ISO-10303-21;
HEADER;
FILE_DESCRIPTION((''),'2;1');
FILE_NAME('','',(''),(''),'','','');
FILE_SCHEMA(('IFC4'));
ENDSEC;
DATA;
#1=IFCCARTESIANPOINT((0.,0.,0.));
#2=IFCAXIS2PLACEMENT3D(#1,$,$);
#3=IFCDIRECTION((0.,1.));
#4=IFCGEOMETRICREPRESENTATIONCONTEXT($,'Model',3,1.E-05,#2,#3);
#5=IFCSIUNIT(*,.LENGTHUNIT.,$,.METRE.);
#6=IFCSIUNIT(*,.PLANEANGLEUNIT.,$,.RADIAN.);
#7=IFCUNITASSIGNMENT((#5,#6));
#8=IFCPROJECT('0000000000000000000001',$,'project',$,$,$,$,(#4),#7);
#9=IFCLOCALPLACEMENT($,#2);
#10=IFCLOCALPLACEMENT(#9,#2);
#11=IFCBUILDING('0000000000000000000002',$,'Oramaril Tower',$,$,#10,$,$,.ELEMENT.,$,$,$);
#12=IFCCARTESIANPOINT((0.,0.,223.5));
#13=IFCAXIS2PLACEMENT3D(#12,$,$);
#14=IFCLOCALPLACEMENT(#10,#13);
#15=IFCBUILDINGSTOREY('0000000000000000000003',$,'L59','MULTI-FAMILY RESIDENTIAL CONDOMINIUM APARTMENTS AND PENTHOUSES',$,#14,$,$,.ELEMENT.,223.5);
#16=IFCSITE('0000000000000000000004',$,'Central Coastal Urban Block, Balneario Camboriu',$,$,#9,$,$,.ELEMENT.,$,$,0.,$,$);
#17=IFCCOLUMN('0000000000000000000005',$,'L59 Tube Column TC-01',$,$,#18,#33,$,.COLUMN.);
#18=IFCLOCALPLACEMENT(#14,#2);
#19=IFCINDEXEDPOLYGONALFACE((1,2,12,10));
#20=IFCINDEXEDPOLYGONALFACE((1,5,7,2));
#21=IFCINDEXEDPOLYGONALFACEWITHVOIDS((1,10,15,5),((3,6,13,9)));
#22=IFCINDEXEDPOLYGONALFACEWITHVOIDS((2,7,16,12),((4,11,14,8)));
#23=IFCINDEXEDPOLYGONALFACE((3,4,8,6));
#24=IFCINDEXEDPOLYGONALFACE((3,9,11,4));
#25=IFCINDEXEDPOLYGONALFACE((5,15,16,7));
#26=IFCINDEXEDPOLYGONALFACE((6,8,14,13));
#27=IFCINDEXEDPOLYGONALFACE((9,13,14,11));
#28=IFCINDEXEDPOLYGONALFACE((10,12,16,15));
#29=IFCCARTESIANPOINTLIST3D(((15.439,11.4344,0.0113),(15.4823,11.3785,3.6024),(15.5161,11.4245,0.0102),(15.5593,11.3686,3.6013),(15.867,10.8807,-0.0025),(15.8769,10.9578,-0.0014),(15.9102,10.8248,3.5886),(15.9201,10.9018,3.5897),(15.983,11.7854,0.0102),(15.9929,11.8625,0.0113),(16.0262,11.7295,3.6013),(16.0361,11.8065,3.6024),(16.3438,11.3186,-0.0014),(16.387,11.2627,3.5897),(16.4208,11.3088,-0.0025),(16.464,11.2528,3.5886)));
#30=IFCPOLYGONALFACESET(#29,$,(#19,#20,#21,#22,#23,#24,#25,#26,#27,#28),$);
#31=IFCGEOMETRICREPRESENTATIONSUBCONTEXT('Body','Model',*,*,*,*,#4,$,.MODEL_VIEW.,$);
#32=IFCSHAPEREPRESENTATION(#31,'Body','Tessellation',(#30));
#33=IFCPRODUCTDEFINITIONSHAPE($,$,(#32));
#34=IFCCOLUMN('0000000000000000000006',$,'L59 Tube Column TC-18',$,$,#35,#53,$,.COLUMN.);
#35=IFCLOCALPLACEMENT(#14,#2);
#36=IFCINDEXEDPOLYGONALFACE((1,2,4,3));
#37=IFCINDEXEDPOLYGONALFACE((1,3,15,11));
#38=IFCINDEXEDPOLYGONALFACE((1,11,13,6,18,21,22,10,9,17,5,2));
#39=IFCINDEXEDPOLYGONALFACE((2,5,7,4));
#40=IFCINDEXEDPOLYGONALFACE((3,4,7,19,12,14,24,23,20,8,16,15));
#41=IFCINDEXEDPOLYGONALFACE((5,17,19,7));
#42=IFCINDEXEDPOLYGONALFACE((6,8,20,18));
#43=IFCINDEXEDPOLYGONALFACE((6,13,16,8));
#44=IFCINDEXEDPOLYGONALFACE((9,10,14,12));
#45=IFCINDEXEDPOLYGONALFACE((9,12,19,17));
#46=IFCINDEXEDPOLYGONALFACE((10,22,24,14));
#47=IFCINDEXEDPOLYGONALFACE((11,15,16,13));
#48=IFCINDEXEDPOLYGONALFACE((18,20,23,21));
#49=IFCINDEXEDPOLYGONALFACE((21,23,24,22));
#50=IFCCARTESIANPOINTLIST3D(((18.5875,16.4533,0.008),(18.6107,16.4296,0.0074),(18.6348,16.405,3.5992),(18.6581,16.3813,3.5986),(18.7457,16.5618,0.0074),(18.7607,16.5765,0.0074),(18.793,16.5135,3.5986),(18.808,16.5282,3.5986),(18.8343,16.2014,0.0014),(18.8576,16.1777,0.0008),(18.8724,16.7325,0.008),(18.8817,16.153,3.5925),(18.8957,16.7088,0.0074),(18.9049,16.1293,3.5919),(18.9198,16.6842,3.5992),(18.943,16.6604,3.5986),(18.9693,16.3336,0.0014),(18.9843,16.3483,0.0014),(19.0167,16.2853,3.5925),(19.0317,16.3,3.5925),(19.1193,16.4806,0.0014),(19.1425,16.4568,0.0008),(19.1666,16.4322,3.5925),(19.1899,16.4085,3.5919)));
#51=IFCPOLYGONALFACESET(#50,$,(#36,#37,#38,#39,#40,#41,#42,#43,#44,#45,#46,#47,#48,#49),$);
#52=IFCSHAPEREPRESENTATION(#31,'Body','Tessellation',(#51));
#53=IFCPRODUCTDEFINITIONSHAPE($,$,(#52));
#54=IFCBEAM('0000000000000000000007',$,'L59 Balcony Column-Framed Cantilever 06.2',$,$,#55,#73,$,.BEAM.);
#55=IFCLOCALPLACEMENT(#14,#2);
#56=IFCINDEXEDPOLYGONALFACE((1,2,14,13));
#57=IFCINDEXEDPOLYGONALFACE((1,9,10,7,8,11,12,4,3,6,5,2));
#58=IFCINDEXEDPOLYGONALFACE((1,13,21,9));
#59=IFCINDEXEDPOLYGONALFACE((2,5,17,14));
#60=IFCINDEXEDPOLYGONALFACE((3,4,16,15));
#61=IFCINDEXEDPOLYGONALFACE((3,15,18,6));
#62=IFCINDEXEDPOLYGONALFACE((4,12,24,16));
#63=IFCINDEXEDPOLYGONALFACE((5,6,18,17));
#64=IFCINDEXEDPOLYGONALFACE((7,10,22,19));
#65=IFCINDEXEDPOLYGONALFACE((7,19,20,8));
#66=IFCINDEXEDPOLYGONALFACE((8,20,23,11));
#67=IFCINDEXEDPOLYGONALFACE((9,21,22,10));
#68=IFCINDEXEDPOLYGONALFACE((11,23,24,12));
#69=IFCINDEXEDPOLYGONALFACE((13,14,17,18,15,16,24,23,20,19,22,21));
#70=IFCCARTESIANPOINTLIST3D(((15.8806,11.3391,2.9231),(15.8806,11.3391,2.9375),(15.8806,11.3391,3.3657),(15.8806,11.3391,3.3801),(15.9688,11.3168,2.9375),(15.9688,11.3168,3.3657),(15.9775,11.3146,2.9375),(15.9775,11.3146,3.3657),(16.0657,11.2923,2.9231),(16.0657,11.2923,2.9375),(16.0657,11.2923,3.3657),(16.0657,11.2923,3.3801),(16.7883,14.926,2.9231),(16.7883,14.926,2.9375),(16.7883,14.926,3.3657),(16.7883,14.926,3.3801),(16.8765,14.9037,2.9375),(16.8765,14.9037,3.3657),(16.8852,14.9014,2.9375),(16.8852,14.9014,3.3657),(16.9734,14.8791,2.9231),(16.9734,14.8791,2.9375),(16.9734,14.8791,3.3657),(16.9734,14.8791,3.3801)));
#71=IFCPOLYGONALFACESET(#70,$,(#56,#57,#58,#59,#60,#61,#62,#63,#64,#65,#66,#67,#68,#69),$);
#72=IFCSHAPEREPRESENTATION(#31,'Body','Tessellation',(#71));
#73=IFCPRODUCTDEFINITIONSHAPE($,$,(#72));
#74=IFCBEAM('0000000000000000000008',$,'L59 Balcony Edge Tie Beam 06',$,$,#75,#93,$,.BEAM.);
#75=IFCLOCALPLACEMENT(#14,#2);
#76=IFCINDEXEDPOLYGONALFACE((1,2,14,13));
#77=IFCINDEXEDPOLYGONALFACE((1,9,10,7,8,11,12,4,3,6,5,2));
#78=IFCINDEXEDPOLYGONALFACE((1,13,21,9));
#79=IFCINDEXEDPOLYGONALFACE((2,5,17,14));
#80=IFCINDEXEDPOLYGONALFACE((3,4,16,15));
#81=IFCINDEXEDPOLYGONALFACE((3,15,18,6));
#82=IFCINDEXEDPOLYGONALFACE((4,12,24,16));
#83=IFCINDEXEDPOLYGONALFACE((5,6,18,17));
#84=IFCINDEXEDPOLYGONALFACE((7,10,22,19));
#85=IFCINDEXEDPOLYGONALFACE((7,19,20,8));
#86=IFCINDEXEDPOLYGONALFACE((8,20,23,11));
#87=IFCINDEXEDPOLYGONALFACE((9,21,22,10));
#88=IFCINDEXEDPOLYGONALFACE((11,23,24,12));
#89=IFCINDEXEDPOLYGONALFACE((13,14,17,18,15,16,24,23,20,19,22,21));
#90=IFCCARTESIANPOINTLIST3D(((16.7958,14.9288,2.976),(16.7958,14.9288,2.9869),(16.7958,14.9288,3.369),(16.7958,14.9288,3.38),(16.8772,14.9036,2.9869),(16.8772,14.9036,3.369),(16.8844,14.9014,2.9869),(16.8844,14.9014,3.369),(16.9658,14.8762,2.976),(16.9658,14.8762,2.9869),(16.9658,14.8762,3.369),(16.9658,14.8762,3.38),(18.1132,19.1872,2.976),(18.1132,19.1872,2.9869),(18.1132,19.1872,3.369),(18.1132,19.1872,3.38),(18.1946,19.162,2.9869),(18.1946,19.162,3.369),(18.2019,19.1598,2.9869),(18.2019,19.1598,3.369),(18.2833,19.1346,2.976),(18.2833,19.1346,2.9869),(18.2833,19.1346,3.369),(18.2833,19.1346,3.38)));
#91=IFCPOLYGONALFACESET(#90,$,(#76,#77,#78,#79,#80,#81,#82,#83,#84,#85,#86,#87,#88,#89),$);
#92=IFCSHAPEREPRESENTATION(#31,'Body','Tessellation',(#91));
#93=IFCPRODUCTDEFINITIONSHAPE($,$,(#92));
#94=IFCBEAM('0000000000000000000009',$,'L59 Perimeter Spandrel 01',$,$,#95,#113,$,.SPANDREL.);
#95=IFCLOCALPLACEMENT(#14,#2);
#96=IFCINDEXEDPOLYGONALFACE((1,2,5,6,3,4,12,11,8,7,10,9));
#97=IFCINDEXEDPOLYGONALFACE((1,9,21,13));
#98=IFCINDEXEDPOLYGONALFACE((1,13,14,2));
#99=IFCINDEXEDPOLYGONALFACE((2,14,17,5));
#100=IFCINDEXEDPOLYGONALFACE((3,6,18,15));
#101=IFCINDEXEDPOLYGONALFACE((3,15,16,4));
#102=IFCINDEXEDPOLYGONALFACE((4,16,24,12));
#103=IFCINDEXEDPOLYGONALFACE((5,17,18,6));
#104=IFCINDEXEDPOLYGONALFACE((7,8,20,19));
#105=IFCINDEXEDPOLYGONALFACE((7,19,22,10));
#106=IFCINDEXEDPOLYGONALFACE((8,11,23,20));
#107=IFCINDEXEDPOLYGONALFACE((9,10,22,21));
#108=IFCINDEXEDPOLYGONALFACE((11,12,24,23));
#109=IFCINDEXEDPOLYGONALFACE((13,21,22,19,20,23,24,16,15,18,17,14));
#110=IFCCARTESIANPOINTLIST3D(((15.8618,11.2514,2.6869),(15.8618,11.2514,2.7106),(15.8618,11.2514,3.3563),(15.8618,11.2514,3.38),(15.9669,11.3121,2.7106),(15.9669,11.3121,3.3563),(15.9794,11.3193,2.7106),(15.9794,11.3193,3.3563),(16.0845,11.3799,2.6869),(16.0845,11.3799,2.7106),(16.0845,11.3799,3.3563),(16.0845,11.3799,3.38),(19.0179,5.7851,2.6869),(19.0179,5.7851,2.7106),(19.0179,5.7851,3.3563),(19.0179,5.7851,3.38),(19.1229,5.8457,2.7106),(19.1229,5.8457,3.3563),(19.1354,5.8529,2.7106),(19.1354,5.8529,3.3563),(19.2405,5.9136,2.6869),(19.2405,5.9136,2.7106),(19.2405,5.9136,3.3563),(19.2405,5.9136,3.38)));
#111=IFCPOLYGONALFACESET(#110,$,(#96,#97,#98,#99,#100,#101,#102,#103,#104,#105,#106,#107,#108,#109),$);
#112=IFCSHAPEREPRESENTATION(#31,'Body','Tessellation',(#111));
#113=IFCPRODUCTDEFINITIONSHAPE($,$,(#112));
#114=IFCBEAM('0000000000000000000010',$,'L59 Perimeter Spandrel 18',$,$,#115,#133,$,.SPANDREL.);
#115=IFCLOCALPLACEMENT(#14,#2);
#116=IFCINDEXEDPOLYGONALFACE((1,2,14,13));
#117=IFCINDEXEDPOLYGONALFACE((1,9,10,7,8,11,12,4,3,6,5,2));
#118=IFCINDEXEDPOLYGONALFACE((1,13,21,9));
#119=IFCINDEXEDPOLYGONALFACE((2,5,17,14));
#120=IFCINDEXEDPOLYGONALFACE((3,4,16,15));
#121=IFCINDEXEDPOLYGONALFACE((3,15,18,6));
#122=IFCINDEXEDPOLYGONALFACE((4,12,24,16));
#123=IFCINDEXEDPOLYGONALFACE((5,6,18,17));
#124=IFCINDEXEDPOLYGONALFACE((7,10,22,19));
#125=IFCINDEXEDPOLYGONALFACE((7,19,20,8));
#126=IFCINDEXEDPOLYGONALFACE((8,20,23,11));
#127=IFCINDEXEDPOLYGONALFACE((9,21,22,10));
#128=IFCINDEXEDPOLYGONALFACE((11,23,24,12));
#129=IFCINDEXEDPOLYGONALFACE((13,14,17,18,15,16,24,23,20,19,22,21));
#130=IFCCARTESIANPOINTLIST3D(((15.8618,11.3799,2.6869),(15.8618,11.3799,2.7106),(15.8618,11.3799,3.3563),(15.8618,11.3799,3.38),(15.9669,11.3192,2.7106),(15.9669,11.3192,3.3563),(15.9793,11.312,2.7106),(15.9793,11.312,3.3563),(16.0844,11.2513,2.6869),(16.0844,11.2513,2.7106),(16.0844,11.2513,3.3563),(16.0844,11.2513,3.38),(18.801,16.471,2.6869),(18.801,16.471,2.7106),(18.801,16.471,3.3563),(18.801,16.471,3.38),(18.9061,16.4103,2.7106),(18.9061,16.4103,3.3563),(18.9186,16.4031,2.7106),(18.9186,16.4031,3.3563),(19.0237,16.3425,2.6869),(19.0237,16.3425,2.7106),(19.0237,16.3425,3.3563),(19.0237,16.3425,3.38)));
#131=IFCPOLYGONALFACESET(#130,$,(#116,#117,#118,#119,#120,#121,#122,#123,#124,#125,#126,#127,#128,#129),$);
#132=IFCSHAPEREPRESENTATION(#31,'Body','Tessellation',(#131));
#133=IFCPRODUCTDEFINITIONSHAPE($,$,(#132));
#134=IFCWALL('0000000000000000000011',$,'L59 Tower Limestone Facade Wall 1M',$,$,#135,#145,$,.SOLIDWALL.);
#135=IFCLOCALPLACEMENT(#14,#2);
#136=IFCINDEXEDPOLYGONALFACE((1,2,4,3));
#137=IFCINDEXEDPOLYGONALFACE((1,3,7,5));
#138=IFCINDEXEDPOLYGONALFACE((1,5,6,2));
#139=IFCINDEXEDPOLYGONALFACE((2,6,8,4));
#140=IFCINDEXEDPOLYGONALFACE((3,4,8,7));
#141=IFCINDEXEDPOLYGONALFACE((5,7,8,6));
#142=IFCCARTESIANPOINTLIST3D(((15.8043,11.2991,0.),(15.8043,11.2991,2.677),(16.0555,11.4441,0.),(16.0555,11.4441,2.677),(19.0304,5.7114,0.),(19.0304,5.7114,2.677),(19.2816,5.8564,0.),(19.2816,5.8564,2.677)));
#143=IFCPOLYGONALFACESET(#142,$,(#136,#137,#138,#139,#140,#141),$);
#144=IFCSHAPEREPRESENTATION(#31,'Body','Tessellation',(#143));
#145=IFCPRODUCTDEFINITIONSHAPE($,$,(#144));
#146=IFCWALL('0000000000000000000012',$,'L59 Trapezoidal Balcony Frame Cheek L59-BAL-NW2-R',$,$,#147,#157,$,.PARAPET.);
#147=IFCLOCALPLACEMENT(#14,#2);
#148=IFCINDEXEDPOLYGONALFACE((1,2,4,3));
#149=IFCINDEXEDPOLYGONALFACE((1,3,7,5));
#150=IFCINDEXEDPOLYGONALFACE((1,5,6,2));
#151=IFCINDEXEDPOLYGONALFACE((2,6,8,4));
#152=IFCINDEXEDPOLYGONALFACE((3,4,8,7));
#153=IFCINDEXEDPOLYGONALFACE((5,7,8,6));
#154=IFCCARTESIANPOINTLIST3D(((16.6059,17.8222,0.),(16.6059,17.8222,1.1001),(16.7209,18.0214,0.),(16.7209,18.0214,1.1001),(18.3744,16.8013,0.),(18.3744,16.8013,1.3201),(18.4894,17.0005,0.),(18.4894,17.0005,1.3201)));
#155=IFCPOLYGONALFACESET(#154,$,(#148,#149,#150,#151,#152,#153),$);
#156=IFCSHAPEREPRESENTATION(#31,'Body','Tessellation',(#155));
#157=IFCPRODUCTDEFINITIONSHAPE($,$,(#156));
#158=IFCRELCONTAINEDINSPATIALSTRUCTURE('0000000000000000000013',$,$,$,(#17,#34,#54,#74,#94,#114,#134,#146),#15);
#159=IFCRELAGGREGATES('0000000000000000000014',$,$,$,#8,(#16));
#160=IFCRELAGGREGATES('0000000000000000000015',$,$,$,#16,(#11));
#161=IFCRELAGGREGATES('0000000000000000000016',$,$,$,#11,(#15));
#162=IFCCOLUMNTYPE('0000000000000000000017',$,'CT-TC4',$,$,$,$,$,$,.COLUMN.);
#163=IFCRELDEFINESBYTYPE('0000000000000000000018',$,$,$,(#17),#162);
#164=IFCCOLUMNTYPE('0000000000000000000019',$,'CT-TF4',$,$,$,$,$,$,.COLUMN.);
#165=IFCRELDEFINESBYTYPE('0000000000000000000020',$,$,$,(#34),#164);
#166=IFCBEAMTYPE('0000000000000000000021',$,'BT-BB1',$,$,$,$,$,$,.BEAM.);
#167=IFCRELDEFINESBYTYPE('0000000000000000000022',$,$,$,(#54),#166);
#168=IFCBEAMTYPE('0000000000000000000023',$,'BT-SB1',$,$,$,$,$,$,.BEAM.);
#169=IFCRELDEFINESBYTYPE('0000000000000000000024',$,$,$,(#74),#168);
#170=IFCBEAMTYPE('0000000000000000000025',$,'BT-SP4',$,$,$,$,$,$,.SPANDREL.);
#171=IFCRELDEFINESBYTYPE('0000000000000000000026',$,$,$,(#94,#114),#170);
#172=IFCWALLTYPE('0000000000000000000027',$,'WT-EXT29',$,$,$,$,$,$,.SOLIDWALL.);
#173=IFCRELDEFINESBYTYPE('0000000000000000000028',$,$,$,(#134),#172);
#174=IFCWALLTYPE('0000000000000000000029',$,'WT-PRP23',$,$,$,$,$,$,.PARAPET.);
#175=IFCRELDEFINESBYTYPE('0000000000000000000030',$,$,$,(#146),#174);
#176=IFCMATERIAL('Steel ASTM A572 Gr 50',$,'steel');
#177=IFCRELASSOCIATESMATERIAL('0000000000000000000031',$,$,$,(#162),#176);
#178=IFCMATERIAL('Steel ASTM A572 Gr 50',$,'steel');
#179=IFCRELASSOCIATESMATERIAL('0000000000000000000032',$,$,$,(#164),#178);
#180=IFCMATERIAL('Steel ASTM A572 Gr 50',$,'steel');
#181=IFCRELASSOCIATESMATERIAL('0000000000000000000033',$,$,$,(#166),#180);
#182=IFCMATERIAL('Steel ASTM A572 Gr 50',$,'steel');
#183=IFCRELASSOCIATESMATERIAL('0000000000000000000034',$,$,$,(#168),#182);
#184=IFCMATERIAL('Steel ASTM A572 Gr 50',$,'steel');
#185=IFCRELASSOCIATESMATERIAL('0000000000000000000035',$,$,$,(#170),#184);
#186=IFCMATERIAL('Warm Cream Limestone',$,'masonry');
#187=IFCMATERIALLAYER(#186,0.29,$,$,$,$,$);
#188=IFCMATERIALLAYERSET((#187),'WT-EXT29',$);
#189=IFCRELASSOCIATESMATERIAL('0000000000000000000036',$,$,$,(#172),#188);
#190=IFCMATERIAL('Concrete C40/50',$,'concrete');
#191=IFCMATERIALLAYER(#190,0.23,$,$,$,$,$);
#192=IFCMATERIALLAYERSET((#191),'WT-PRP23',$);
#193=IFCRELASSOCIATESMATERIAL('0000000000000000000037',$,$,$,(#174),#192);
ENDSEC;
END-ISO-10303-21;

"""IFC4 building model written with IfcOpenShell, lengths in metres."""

from ifc_helpers import new_model, si_unit, direction, frame, frame_2d, origin, origin_2d, place, context, subcontext, project, spatial, polyline, rectangle, hollow_rectangle, i_section, outline, extrude, material, layer, layer_set, material_profile, profile_set, type_object, element, save


model = new_model("IFC4")

# Units and contexts
model_context = context("Model", 3, precision=1e-05, world=origin(), true_north=direction((0.0, 1.0)))
body_context = subcontext(model_context, "Body", "Model", "MODEL_VIEW")
ifc_project = project(units=[si_unit("LENGTHUNIT", "METRE"), si_unit("PLANEANGLEUNIT", "RADIAN")], contexts=[model_context])

# Site, building, storey
site_placement = place(None, origin())
site = spatial("IfcSite", under=ifc_project, at=site_placement, Name="Central Coastal Urban Block, Balneario Camboriu", CompositionType="ELEMENT", RefElevation=0.0)
building_placement = place(site_placement, origin())
building = spatial("IfcBuilding", under=site, at=building_placement, Name="Oramaril Tower", CompositionType="ELEMENT")
storey_placement = place(building_placement, frame((0.0, 0.0, 223.5)))
storey = spatial("IfcBuildingStorey", under=building, at=storey_placement, Name="L59", Description="MULTI-FAMILY RESIDENTIAL CONDOMINIUM APARTMENTS AND PENTHOUSES", CompositionType="ELEMENT", Elevation=223.5)

# Columns
ifc_material_1 = material(Name="Steel ASTM A572 Gr 50", Category="steel")
ifc_material_profile_1 = material_profile(ifc_material_1, hollow_rectangle(XDim=0.7, YDim=0.7, WallThickness=0.0549, at=origin_2d()), Name="BOX700X700X55")
ifc_profile_set_1 = profile_set([ifc_material_profile_1], Name="Steel ASTM A572 Gr 50")
column_type_1 = type_object("IfcColumnType", Name="CT-TC4", PredefinedType="COLUMN", material=ifc_profile_set_1)
column_1_placement = place(storey_placement, frame((15.9299, 11.3716, 0.0044), z_axis=(0.012031, -0.015566, 0.999806), x_axis=(0.791209, 0.611546, 0.0)))
element("IfcColumn", 1, at=column_1_placement, inside=storey, type_object=column_type_1, Name="L59 Tube Column TC-01", PredefinedType="COLUMN", context=body_context, shape_type="SweptSolid", body=[
    extrude(hollow_rectangle(XDim=0.7, YDim=0.7, WallThickness=0.0549, at=origin_2d()), origin(), (0.0, 0.0, 1.0), 3.5918),
])
ifc_material_2 = material(Name="Steel ASTM A572 Gr 50", Category="steel")
ifc_material_profile_2 = material_profile(ifc_material_2, i_section(OverallWidth=0.3989, OverallDepth=0.386, WebThickness=0.021, FlangeThickness=0.0332, at=origin_2d()), Name="W14X176")
ifc_profile_set_2 = profile_set([ifc_material_profile_2], Name="Steel ASTM A572 Gr 50")
column_type_2 = type_object("IfcColumnType", Name="CT-TF4", PredefinedType="COLUMN", material=ifc_profile_set_2)
column_2_placement = place(storey_placement, frame((18.865, 16.4551, 0.0044), z_axis=(0.013187, -0.013459, 0.999822), x_axis=(0.714285, 0.699855, 0.0)))
element("IfcColumn", 2, at=column_2_placement, inside=storey, type_object=column_type_2, Name="L59 Tube Column TC-18", PredefinedType="COLUMN", context=body_context, shape_type="SweptSolid", body=[
    extrude(i_section(OverallWidth=0.3989, OverallDepth=0.386, WebThickness=0.021, FlangeThickness=0.0332, at=origin_2d()), origin(), (0.0, 0.0, 1.0), 3.5918),
])

# Beams
ifc_material_3 = material(Name="Steel ASTM A572 Gr 50", Category="steel")
ifc_material_profile_3 = material_profile(ifc_material_3, i_section(OverallWidth=0.1909, OverallDepth=0.457, WebThickness=0.009, FlangeThickness=0.0144, at=origin_2d()), Name="W18X50")
ifc_profile_set_3 = profile_set([ifc_material_profile_3], Name="Steel ASTM A572 Gr 50")
beam_type_1 = type_object("IfcBeamType", Name="BT-BB1", PredefinedType="BEAM", material=ifc_profile_set_3)
beam_1_placement = place(storey_placement, frame((15.9731, 11.3157, 3.1516), z_axis=(0.245329, 0.96944, 0.0), x_axis=(-0.96944, 0.245329, 0.0)))
element("IfcBeam", 3, at=beam_1_placement, inside=storey, type_object=beam_type_1, Name="L59 Balcony Column-Framed Cantilever 06.2", PredefinedType="BEAM", context=body_context, shape_type="SweptSolid", body=[
    extrude(i_section(OverallWidth=0.1909, OverallDepth=0.457, WebThickness=0.009, FlangeThickness=0.0144, at=origin_2d()), origin(), (0.0, 0.0, 1.0), 3.7),
])
ifc_material_4 = material(Name="Steel ASTM A572 Gr 50", Category="steel")
ifc_material_profile_4 = material_profile(ifc_material_4, i_section(OverallWidth=0.178, OverallDepth=0.4041, WebThickness=0.0076, FlangeThickness=0.011, at=origin_2d()), Name="W16X36")
ifc_profile_set_4 = profile_set([ifc_material_profile_4], Name="Steel ASTM A572 Gr 50")
beam_type_2 = type_object("IfcBeamType", Name="BT-SB1", PredefinedType="BEAM", material=ifc_profile_set_4)
beam_2_placement = place(storey_placement, frame((18.1982, 19.1609, 3.178), z_axis=(-0.295548, -0.955328, 0.0), x_axis=(0.955328, -0.295548, 0.0)))
element("IfcBeam", 4, at=beam_2_placement, inside=storey, type_object=beam_type_2, Name="L59 Balcony Edge Tie Beam 06", PredefinedType="BEAM", context=body_context, shape_type="SweptSolid", body=[
    extrude(i_section(OverallWidth=0.178, OverallDepth=0.4041, WebThickness=0.0076, FlangeThickness=0.011, at=origin_2d()), origin(), (0.0, 0.0, 1.0), 4.4575),
])
ifc_material_5 = material(Name="Steel ASTM A572 Gr 50", Category="steel")
ifc_material_profile_5 = material_profile(ifc_material_5, i_section(OverallWidth=0.2571, OverallDepth=0.6931, WebThickness=0.0144, FlangeThickness=0.0237, at=origin_2d()), Name="W27X114")
ifc_profile_set_5 = profile_set([ifc_material_profile_5], Name="Steel ASTM A572 Gr 50")
beam_type_3 = type_object("IfcBeamType", Name="BT-SP4", PredefinedType="SPANDREL", material=ifc_profile_set_5)
beam_3_placement = place(storey_placement, frame((15.9731, 11.3157, 3.0334), z_axis=(0.500004, -0.866023, 0.0), x_axis=(0.866023, 0.500004, 0.0)))
element("IfcBeam", 5, at=beam_3_placement, inside=storey, type_object=beam_type_3, Name="L59 Perimeter Spandrel 01", PredefinedType="SPANDREL", context=body_context, shape_type="SweptSolid", body=[
    extrude(i_section(OverallWidth=0.2571, OverallDepth=0.6931, WebThickness=0.0144, FlangeThickness=0.0237, at=origin_2d()), origin(), (0.0, 0.0, 1.0), 6.312),
])
beam_4_placement = place(storey_placement, frame((18.9124, 16.4067, 3.0334), z_axis=(-0.499985, -0.866034, 0.0), x_axis=(0.866034, -0.499985, 0.0)))
element("IfcBeam", 6, at=beam_4_placement, inside=storey, type_object=beam_type_3, Name="L59 Perimeter Spandrel 18", PredefinedType="SPANDREL", context=body_context, shape_type="SweptSolid", body=[
    extrude(i_section(OverallWidth=0.2571, OverallDepth=0.6931, WebThickness=0.0144, FlangeThickness=0.0237, at=origin_2d()), origin(), (0.0, 0.0, 1.0), 5.8787),
])

# Walls
ifc_material_6 = material(Name="Warm Cream Limestone", Category="masonry")
ifc_layer_1 = layer(ifc_material_6, 0.29)
ifc_layer_set_1 = layer_set([ifc_layer_1], Name="WT-EXT29")
wall_type_1 = type_object("IfcWallType", Name="WT-EXT29", PredefinedType="SOLIDWALL", material=ifc_layer_set_1)
wall_1_placement = place(storey_placement, frame((15.9299, 11.3716, 0.0), z_axis=(0.0, 0.0, 1.0), x_axis=(0.500005, -0.866022, 0.0)))
element("IfcWall", 7, at=wall_1_placement, inside=storey, type_object=wall_type_1, Name="L59 Tower Limestone Facade Wall 1M", PredefinedType="SOLIDWALL", context=body_context, shape_type="SweptSolid", body=[
    extrude(rectangle(XDim=6.4521, YDim=0.29, at=frame_2d((3.2261, 0.0))), origin(), (0.0, 0.0, 1.0), 2.677),
])
ifc_material_7 = material(Name="Concrete C40/50", Category="concrete")
ifc_layer_2 = layer(ifc_material_7, 0.23)
ifc_layer_set_2 = layer_set([ifc_layer_2], Name="WT-PRP23")
wall_type_2 = type_object("IfcWallType", Name="WT-PRP23", PredefinedType="PARAPET", material=ifc_layer_set_2)
wall_2_placement = place(storey_placement, frame((18.4319, 16.9009, 0.0), z_axis=(0.0, 0.0, 1.0), x_axis=(-0.866042, 0.499971, 0.0)))
element("IfcWall", 8, at=wall_2_placement, inside=storey, type_object=wall_type_2, Name="L59 Trapezoidal Balcony Frame Cheek L59-BAL-NW2-R", PredefinedType="PARAPET", context=body_context, shape_type="SweptSolid", body=[
    extrude(outline(polyline([(0.0, 0.0), (2.042, 0.0), (2.042, 1.1001), (0.0, 1.3201), (0.0, 0.0)])), frame((0.0, 0.115, 0.0), z_axis=(0.0, -1.0, 0.0), x_axis=(1.0, 0.0, 0.0)), (0.0, 0.0, 1.0), 0.23),
])

save(model, "model.ifc")
